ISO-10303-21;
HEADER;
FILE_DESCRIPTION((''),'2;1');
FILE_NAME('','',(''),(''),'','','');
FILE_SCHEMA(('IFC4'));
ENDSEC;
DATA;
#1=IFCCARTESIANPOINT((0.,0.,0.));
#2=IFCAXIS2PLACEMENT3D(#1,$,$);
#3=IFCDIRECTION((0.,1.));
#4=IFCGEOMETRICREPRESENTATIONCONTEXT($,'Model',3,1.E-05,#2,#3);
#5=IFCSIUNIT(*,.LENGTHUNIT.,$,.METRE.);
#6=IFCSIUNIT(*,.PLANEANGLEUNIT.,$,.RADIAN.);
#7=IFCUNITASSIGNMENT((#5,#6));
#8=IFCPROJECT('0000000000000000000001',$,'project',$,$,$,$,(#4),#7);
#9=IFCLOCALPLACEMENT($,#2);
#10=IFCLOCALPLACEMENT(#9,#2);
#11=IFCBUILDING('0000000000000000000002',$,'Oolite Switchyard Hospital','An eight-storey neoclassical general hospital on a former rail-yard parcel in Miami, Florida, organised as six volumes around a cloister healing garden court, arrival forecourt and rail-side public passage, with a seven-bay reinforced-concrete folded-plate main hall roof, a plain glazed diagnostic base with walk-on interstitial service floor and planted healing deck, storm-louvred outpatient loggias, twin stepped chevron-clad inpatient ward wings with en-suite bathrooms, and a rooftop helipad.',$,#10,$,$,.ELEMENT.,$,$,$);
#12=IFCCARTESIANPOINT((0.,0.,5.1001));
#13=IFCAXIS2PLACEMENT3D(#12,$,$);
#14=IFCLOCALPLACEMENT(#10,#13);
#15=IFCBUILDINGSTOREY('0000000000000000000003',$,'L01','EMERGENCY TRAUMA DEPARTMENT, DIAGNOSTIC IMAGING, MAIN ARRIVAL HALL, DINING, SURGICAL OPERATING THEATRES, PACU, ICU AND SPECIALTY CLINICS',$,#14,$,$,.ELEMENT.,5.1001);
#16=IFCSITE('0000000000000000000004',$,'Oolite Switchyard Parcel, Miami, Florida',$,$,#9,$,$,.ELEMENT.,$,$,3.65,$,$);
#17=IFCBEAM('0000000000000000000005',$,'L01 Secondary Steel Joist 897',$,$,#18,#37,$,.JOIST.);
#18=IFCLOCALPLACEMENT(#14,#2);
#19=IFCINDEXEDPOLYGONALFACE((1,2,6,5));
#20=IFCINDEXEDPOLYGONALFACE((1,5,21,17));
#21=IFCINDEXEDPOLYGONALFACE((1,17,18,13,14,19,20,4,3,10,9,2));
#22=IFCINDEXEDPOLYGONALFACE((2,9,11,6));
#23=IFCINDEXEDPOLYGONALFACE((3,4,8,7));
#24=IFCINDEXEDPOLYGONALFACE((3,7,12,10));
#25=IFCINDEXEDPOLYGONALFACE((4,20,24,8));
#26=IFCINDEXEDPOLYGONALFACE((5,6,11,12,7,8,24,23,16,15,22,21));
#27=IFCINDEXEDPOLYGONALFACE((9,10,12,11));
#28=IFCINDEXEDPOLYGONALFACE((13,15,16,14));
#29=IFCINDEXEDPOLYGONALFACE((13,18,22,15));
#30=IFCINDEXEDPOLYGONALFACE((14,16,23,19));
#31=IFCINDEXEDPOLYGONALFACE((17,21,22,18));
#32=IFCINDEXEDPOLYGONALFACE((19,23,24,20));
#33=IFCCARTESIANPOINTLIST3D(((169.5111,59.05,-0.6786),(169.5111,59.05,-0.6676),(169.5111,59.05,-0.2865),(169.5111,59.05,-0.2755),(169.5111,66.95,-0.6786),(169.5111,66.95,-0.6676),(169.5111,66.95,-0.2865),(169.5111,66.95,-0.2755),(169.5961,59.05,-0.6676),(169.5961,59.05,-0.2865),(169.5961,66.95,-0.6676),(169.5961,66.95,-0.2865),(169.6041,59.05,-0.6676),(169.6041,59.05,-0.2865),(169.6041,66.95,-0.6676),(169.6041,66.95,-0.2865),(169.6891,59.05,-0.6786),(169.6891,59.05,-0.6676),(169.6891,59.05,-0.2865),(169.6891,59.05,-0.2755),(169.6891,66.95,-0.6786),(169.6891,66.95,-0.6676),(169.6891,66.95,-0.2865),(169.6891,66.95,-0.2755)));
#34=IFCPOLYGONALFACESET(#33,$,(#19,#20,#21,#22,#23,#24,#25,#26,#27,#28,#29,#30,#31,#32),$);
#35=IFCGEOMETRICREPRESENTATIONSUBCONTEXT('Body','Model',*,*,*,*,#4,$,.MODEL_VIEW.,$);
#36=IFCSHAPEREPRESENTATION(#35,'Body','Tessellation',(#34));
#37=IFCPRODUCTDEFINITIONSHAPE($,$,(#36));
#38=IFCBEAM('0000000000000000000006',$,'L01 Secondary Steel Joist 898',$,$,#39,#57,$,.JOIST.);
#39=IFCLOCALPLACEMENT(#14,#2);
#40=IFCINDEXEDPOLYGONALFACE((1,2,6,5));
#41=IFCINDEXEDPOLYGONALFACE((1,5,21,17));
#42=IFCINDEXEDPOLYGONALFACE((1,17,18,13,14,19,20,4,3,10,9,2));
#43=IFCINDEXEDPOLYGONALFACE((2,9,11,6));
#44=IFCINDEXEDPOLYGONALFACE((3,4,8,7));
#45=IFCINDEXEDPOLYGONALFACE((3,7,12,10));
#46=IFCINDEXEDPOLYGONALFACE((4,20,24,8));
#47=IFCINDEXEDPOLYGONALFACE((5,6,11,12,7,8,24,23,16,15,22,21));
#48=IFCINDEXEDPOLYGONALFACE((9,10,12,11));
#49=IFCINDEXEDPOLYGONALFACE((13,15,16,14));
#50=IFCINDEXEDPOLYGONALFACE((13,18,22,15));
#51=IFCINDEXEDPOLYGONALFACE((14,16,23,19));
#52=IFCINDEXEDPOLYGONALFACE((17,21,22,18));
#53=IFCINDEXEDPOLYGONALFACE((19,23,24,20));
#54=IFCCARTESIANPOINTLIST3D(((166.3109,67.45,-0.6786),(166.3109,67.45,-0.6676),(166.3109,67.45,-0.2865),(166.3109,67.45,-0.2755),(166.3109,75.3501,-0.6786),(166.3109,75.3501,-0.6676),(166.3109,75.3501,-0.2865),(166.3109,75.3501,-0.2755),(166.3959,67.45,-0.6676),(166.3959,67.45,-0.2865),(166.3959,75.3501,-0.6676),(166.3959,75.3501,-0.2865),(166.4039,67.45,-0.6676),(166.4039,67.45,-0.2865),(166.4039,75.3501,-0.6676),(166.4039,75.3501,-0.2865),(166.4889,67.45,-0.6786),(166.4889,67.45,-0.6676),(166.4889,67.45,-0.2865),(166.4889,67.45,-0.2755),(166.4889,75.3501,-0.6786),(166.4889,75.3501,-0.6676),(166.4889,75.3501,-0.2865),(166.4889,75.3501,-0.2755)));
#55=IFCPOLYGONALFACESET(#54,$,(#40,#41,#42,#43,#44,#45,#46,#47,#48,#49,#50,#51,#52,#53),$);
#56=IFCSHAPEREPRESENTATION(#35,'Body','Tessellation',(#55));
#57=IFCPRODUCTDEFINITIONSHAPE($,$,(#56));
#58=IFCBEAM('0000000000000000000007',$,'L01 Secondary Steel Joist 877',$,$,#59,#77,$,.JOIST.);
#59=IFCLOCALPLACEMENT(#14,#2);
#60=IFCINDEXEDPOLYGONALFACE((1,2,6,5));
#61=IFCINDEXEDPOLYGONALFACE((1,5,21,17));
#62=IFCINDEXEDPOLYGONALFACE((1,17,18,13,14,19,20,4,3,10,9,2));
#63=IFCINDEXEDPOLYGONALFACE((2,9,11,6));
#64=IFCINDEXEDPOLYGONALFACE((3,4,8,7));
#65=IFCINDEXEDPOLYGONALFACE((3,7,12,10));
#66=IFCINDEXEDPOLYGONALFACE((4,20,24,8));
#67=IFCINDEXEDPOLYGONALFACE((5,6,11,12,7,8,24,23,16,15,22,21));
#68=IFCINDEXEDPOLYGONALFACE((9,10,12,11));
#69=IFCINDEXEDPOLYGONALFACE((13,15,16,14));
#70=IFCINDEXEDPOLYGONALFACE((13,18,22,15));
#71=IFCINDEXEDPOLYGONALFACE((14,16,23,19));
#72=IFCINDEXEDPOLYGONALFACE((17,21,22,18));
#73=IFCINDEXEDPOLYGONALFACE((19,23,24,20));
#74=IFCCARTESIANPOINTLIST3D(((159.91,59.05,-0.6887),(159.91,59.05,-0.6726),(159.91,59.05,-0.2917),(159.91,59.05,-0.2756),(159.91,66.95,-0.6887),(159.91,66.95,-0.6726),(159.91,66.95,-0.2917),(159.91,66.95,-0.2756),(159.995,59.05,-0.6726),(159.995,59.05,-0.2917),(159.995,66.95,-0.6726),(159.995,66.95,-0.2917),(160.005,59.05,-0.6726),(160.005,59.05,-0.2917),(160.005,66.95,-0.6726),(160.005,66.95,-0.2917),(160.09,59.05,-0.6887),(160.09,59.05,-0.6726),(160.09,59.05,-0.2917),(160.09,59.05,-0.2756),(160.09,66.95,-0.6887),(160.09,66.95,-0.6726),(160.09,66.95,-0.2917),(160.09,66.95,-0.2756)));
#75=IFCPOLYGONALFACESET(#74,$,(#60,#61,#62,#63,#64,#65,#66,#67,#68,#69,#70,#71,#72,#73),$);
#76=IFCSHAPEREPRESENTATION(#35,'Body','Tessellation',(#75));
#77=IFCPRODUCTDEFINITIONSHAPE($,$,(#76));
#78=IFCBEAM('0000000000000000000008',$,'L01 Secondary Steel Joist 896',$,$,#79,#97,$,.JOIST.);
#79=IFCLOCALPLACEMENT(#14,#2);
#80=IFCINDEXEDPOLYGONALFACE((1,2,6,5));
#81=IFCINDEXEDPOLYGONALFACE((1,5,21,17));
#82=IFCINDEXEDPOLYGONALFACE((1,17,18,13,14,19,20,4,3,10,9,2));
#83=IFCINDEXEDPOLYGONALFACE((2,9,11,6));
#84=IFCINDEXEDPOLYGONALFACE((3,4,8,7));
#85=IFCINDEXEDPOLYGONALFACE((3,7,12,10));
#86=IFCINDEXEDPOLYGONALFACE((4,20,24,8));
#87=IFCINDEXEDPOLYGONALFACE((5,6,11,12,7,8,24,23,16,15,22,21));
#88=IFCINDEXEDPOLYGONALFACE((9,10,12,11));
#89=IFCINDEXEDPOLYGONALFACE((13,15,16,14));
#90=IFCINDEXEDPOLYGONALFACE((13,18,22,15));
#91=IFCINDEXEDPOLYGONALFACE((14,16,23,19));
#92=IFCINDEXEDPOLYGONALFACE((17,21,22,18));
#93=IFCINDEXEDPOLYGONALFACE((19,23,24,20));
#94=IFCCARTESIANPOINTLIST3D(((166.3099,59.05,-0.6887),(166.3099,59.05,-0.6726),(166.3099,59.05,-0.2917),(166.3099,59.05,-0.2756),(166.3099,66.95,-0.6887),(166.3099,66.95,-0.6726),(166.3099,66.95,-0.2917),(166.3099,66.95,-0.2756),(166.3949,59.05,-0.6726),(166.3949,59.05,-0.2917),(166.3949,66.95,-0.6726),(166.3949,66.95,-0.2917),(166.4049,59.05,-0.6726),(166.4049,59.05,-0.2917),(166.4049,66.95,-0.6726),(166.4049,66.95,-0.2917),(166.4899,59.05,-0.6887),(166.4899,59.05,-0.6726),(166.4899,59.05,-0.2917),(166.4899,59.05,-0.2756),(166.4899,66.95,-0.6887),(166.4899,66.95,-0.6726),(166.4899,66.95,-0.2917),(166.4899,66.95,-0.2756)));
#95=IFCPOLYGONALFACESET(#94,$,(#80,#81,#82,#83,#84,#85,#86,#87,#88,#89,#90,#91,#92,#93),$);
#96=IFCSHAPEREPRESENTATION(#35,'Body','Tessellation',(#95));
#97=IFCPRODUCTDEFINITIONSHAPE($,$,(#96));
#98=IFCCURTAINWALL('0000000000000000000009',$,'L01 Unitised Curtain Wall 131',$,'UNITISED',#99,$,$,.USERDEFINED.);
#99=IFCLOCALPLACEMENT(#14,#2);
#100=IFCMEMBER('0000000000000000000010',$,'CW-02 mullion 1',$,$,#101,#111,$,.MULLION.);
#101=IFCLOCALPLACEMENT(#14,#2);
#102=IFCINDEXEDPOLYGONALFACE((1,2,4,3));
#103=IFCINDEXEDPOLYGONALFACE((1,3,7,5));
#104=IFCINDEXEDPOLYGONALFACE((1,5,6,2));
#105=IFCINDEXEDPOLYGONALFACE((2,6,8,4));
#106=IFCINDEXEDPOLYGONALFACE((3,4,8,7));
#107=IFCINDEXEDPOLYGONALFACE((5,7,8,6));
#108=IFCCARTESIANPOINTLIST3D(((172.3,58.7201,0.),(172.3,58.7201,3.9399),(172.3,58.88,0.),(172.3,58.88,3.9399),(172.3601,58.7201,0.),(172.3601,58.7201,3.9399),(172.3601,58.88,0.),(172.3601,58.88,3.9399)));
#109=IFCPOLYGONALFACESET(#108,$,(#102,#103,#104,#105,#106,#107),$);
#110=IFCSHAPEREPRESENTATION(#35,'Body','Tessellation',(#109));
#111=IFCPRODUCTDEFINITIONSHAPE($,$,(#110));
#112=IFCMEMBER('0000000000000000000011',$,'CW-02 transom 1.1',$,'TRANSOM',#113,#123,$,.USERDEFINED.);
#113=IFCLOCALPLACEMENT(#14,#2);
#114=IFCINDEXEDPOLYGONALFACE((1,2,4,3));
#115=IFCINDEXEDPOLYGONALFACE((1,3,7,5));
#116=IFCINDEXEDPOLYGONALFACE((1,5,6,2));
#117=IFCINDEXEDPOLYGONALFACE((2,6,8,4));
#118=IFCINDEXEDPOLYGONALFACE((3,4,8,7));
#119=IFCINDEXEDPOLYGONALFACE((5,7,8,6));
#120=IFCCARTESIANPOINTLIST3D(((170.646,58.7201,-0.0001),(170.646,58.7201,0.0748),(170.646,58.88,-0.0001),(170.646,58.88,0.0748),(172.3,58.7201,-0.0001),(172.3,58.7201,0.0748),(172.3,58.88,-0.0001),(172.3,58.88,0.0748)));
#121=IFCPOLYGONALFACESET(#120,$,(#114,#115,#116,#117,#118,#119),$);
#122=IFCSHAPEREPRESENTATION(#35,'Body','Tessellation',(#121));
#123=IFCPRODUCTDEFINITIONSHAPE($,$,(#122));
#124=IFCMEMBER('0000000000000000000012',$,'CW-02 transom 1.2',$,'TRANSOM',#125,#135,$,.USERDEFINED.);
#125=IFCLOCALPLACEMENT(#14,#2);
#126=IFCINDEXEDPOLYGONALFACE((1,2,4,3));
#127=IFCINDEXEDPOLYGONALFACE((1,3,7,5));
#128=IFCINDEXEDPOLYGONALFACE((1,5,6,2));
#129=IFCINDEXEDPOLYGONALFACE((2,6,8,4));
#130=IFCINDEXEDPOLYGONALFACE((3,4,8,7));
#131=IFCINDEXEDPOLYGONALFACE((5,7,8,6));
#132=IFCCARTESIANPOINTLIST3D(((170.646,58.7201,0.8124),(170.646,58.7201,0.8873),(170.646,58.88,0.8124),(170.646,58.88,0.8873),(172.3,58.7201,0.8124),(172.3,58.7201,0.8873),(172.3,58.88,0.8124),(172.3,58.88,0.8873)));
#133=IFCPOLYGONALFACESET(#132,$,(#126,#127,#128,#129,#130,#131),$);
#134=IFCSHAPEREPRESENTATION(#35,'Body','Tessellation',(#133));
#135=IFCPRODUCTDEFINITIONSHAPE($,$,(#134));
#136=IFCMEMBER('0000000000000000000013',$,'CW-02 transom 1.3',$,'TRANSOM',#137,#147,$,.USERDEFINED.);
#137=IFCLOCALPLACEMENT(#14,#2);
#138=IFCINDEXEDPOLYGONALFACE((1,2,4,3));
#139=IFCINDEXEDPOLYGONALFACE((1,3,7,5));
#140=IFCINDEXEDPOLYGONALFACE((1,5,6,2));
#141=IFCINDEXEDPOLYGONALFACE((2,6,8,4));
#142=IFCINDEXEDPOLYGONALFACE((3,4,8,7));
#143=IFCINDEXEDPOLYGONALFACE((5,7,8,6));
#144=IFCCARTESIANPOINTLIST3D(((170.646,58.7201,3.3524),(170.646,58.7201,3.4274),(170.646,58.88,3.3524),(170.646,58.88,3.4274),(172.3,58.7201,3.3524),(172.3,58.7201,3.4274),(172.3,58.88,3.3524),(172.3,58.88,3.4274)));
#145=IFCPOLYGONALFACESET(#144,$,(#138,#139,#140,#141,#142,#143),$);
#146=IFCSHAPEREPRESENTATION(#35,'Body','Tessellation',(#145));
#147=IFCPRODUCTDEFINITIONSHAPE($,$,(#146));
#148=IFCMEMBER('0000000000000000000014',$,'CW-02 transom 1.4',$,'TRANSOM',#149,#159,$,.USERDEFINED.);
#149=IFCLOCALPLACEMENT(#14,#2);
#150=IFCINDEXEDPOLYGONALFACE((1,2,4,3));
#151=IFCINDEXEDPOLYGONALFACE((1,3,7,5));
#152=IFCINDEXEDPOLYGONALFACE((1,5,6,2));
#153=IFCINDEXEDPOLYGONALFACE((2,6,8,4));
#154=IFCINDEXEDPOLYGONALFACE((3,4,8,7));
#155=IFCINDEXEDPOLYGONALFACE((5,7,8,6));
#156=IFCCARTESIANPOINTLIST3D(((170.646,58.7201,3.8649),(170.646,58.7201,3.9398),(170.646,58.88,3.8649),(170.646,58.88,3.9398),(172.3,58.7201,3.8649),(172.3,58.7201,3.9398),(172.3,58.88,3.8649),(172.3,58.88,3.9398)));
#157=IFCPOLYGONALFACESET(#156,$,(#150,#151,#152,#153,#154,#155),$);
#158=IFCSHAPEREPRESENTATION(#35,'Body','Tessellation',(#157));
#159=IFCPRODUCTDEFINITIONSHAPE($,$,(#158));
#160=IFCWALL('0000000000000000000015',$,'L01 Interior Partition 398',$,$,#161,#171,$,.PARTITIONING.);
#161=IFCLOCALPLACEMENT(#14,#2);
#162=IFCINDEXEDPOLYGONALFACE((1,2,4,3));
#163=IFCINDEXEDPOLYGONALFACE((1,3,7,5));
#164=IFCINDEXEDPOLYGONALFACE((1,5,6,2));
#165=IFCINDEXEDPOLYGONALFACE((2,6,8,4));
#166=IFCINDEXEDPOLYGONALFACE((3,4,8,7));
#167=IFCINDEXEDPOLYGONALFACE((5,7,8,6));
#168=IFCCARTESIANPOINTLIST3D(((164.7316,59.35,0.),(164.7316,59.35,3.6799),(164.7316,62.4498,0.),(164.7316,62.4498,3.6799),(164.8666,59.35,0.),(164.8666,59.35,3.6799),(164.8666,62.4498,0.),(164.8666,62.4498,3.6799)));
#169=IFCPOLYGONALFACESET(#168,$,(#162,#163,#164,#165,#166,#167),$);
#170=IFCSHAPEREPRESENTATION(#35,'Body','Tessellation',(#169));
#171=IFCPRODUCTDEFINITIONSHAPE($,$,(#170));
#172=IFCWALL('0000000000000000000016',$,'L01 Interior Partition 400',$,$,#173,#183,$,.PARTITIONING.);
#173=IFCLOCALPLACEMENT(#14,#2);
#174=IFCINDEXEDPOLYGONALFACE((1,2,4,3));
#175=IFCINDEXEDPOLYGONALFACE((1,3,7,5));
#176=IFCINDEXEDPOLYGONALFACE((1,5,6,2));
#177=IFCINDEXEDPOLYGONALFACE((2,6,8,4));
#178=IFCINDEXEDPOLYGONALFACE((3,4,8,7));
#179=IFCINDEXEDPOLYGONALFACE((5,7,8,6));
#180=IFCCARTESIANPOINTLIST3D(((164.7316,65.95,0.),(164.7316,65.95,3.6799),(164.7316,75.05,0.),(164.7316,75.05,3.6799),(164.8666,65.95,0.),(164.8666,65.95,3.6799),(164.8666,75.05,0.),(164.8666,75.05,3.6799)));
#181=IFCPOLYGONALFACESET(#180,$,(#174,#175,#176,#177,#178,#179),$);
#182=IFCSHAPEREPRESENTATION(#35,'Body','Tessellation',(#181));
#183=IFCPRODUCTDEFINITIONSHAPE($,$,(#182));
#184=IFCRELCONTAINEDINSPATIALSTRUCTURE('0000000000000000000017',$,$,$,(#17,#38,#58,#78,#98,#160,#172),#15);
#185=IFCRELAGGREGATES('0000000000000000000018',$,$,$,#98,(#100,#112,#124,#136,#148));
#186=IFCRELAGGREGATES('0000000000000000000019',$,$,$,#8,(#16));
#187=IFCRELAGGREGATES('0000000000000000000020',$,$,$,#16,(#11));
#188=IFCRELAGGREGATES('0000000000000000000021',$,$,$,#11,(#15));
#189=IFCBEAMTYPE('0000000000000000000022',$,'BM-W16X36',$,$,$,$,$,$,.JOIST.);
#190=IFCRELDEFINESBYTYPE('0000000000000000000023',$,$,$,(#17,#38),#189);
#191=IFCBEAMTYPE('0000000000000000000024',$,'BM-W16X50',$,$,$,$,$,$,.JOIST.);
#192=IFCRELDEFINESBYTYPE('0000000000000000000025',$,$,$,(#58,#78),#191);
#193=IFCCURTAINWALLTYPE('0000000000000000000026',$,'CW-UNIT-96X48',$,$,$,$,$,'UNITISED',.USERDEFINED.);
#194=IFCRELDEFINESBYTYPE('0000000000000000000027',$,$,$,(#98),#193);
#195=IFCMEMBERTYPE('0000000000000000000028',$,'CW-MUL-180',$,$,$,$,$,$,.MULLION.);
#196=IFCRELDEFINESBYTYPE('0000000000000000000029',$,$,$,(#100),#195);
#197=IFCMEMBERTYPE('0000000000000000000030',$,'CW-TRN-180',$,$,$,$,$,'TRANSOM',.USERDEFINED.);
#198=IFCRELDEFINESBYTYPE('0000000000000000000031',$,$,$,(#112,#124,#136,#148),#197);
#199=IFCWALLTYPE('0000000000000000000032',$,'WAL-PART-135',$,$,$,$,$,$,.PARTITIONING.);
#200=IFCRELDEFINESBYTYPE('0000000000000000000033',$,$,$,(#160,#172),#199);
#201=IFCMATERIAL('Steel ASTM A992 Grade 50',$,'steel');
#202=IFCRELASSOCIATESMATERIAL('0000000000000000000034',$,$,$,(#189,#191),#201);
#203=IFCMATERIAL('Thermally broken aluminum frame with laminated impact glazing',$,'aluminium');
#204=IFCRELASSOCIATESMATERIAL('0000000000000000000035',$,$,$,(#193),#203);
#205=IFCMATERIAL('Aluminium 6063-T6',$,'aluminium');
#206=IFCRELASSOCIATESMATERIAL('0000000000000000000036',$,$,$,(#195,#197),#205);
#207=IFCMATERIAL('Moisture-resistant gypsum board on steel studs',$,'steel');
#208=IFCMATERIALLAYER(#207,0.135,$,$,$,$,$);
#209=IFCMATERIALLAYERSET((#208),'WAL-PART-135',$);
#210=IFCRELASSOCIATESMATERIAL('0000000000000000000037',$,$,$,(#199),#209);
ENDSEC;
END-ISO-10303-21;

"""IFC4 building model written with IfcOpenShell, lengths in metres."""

from ifc_helpers import new_model, si_unit, direction, frame, frame_2d, origin, origin_2d, place, context, subcontext, project, spatial, rectangle, i_section, extrude, material, layer, layer_set, material_profile, profile_set, type_object, element, aggregate, save


model = new_model("IFC4")

# Units and contexts
model_context = context("Model", 3, precision=1e-05, world=origin(), true_north=direction((0.0, 1.0)))
body_context = subcontext(model_context, "Body", "Model", "MODEL_VIEW")
ifc_project = project(units=[si_unit("LENGTHUNIT", "METRE"), si_unit("PLANEANGLEUNIT", "RADIAN")], contexts=[model_context])

# Site, building, storey
site_placement = place(None, origin())
site = spatial("IfcSite", under=ifc_project, at=site_placement, Name="Oolite Switchyard Parcel, Miami, Florida", CompositionType="ELEMENT", RefElevation=3.65)
building_placement = place(site_placement, origin())
building = spatial("IfcBuilding", under=site, at=building_placement, Name="Oolite Switchyard Hospital", Description="An eight-storey neoclassical general hospital on a former rail-yard parcel in Miami, Florida, organised as six volumes around a cloister healing garden court, arrival forecourt and rail-side public passage, with a seven-bay reinforced-concrete folded-plate main hall roof, a plain glazed diagnostic base with walk-on interstitial service floor and planted healing deck, storm-louvred outpatient loggias, twin stepped chevron-clad inpatient ward wings with en-suite bathrooms, and a rooftop helipad.", CompositionType="ELEMENT")
storey_placement = place(building_placement, frame((0.0, 0.0, 5.1001)))
storey = spatial("IfcBuildingStorey", under=building, at=storey_placement, Name="L01", Description="EMERGENCY TRAUMA DEPARTMENT, DIAGNOSTIC IMAGING, MAIN ARRIVAL HALL, DINING, SURGICAL OPERATING THEATRES, PACU, ICU AND SPECIALTY CLINICS", CompositionType="ELEMENT", Elevation=5.1001)

# Beams
ifc_material_1 = material(Name="Steel ASTM A992 Grade 50", Category="steel")
ifc_material_profile_1 = material_profile(ifc_material_1, i_section(OverallWidth=0.178, OverallDepth=0.4031, WebThickness=0.0081, FlangeThickness=0.011, at=origin_2d()), Name="W16X36")
ifc_profile_set_1 = profile_set([ifc_material_profile_1], Name="Steel ASTM A992 Grade 50")
beam_type_1 = type_object("IfcBeamType", Name="BM-W16X36", PredefinedType="JOIST", material=ifc_profile_set_1)
beam_1_placement = place(storey_placement, frame((169.6001, 59.05, -0.4771), z_axis=(0.0, 1.0, 0.0), x_axis=(-1.0, 0.0, 0.0)))
element("IfcBeam", 1, at=beam_1_placement, inside=storey, type_object=beam_type_1, Name="L01 Secondary Steel Joist 897", PredefinedType="JOIST", context=body_context, shape_type="SweptSolid", body=[
    extrude(i_section(OverallWidth=0.178, OverallDepth=0.4031, WebThickness=0.0081, FlangeThickness=0.011, at=origin_2d()), origin(), (0.0, 0.0, 1.0), 7.8999),
])
beam_2_placement = place(storey_placement, frame((166.3999, 67.45, -0.4771), z_axis=(0.0, 1.0, 0.0), x_axis=(-1.0, 0.0, 0.0)))
element("IfcBeam", 2, at=beam_2_placement, inside=storey, type_object=beam_type_1, Name="L01 Secondary Steel Joist 898", PredefinedType="JOIST", context=body_context, shape_type="SweptSolid", body=[
    extrude(i_section(OverallWidth=0.178, OverallDepth=0.4031, WebThickness=0.0081, FlangeThickness=0.011, at=origin_2d()), origin(), (0.0, 0.0, 1.0), 7.9001),
])
ifc_material_profile_2 = material_profile(ifc_material_1, i_section(OverallWidth=0.1799, OverallDepth=0.4131, WebThickness=0.01, FlangeThickness=0.0161, at=origin_2d()), Name="W16X50")
ifc_profile_set_2 = profile_set([ifc_material_profile_2], Name="Steel ASTM A992 Grade 50")
beam_type_2 = type_object("IfcBeamType", Name="BM-W16X50", PredefinedType="JOIST", material=ifc_profile_set_2)
for number, where, z_axis, x_axis, name in (
    (3, (160.0, 59.05, -0.4822), (0.0, 1.0, 0.0), (-1.0, 0.0, 0.0), "L01 Secondary Steel Joist 877"),
    (4, (166.3999, 59.05, -0.4822), (0.0, 1.0, 0.0), (-1.0, 0.0, 0.0), "L01 Secondary Steel Joist 896"),
):
    element("IfcBeam", number, at=place(storey_placement, frame(where, z_axis=z_axis, x_axis=x_axis)), inside=storey, type_object=beam_type_2, Name=name, PredefinedType="JOIST", context=body_context, shape_type="SweptSolid", body=[
        extrude(i_section(OverallWidth=0.1799, OverallDepth=0.4131, WebThickness=0.01, FlangeThickness=0.0161, at=origin_2d()), origin(), (0.0, 0.0, 1.0), 7.8999),
    ])

# Curtain wall, members
ifc_material_2 = material(Name="Thermally broken aluminum frame with laminated impact glazing", Category="aluminium")
curtain_wall_type = type_object("IfcCurtainWallType", Name="CW-UNIT-96X48", ElementType="UNITISED", PredefinedType="USERDEFINED", material=ifc_material_2)
curtain_wall_placement = place(storey_placement, origin())
curtain_wall = element("IfcCurtainWall", 5, at=curtain_wall_placement, inside=storey, type_object=curtain_wall_type, Name="L01 Unitised Curtain Wall 131", ObjectType="UNITISED", PredefinedType="USERDEFINED")
ifc_material_3 = material(Name="Aluminium 6063-T6", Category="aluminium")
ifc_material_profile_3 = material_profile(ifc_material_3, rectangle(XDim=0.1599, YDim=0.0601, at=origin_2d()), Name="CWM60X160")
ifc_profile_set_3 = profile_set([ifc_material_profile_3], Name="Aluminium 6063-T6")
member_type_1 = type_object("IfcMemberType", Name="CW-MUL-180", PredefinedType="MULLION", material=ifc_profile_set_3)
member_1_placement = place(storey_placement, frame((172.3301, 58.8, 0.0), z_axis=(0.0, 0.0, 1.0), x_axis=(0.0, -1.0, 0.0)))
member_1 = element("IfcMember", 6, at=member_1_placement, type_object=member_type_1, Name="CW-02 mullion 1", PredefinedType="MULLION", context=body_context, shape_type="SweptSolid", body=[
    extrude(rectangle(XDim=0.1599, YDim=0.0601, at=origin_2d()), origin(), (0.0, 0.0, 1.0), 3.9399),
])
ifc_material_profile_4 = material_profile(ifc_material_3, rectangle(XDim=0.1599, YDim=0.075, at=origin_2d()), Name="CWT75X160")
ifc_profile_set_4 = profile_set([ifc_material_profile_4], Name="Aluminium 6063-T6")
member_type_2 = type_object("IfcMemberType", Name="CW-TRN-180", ElementType="TRANSOM", PredefinedType="USERDEFINED", material=ifc_profile_set_4)
member_2_placement = place(storey_placement, frame((172.3, 58.8, 0.0374), z_axis=(-1.0, 0.0, 0.0), x_axis=(0.0, -1.0, 0.0)))
member_2 = element("IfcMember", 7, at=member_2_placement, type_object=member_type_2, Name="CW-02 transom 1.1", ObjectType="TRANSOM", PredefinedType="USERDEFINED", context=body_context, shape_type="SweptSolid", body=[
    extrude(rectangle(XDim=0.1599, YDim=0.075, at=origin_2d()), origin(), (0.0, 0.0, 1.0), 1.6541),
])
member_3_placement = place(storey_placement, frame((172.3, 58.8, 0.8499), z_axis=(-1.0, 0.0, 0.0), x_axis=(0.0, -1.0, 0.0)))
member_3 = element("IfcMember", 8, at=member_3_placement, type_object=member_type_2, Name="CW-02 transom 1.2", ObjectType="TRANSOM", PredefinedType="USERDEFINED", context=body_context, shape_type="SweptSolid", body=[
    extrude(rectangle(XDim=0.1599, YDim=0.075, at=origin_2d()), origin(), (0.0, 0.0, 1.0), 1.6541),
])
member_4_placement = place(storey_placement, frame((172.3, 58.8, 3.3899), z_axis=(-1.0, 0.0, 0.0), x_axis=(0.0, -1.0, 0.0)))
member_4 = element("IfcMember", 9, at=member_4_placement, type_object=member_type_2, Name="CW-02 transom 1.3", ObjectType="TRANSOM", PredefinedType="USERDEFINED", context=body_context, shape_type="SweptSolid", body=[
    extrude(rectangle(XDim=0.1599, YDim=0.075, at=origin_2d()), origin(), (0.0, 0.0, 1.0), 1.6541),
])
member_5_placement = place(storey_placement, frame((172.3, 58.8, 3.9023), z_axis=(-1.0, 0.0, 0.0), x_axis=(0.0, -1.0, 0.0)))
member_5 = element("IfcMember", 10, at=member_5_placement, type_object=member_type_2, Name="CW-02 transom 1.4", ObjectType="TRANSOM", PredefinedType="USERDEFINED", context=body_context, shape_type="SweptSolid", body=[
    extrude(rectangle(XDim=0.1599, YDim=0.075, at=origin_2d()), origin(), (0.0, 0.0, 1.0), 1.6541),
])
aggregate(curtain_wall, [member_1, member_2, member_3, member_4, member_5])

# Walls
ifc_material_4 = material(Name="Moisture-resistant gypsum board on steel studs", Category="steel")
ifc_layer_1 = layer(ifc_material_4, 0.135)
ifc_layer_set_1 = layer_set([ifc_layer_1], Name="WAL-PART-135")
wall_type_1 = type_object("IfcWallType", Name="WAL-PART-135", PredefinedType="PARTITIONING", material=ifc_layer_set_1)
wall_1_placement = place(storey_placement, frame((164.7991, 59.3501, 0.0), z_axis=(0.0, 0.0, 1.0), x_axis=(0.0, 1.0, 0.0)))
element("IfcWall", 11, at=wall_1_placement, inside=storey, type_object=wall_type_1, Name="L01 Interior Partition 398", PredefinedType="PARTITIONING", context=body_context, shape_type="SweptSolid", body=[
    extrude(rectangle(XDim=3.0999, YDim=0.135, at=frame_2d((1.5498, 0.0))), origin(), (0.0, 0.0, 1.0), 3.6799),
])
wall_2_placement = place(storey_placement, frame((164.7991, 65.95, 0.0), z_axis=(0.0, 0.0, 1.0), x_axis=(0.0, 1.0, 0.0)))
element("IfcWall", 12, at=wall_2_placement, inside=storey, type_object=wall_type_1, Name="L01 Interior Partition 400", PredefinedType="PARTITIONING", context=body_context, shape_type="SweptSolid", body=[
    extrude(rectangle(XDim=9.1001, YDim=0.135, at=frame_2d((4.55, 0.0))), origin(), (0.0, 0.0, 1.0), 3.6799),
])

save(model, "model.ifc")
